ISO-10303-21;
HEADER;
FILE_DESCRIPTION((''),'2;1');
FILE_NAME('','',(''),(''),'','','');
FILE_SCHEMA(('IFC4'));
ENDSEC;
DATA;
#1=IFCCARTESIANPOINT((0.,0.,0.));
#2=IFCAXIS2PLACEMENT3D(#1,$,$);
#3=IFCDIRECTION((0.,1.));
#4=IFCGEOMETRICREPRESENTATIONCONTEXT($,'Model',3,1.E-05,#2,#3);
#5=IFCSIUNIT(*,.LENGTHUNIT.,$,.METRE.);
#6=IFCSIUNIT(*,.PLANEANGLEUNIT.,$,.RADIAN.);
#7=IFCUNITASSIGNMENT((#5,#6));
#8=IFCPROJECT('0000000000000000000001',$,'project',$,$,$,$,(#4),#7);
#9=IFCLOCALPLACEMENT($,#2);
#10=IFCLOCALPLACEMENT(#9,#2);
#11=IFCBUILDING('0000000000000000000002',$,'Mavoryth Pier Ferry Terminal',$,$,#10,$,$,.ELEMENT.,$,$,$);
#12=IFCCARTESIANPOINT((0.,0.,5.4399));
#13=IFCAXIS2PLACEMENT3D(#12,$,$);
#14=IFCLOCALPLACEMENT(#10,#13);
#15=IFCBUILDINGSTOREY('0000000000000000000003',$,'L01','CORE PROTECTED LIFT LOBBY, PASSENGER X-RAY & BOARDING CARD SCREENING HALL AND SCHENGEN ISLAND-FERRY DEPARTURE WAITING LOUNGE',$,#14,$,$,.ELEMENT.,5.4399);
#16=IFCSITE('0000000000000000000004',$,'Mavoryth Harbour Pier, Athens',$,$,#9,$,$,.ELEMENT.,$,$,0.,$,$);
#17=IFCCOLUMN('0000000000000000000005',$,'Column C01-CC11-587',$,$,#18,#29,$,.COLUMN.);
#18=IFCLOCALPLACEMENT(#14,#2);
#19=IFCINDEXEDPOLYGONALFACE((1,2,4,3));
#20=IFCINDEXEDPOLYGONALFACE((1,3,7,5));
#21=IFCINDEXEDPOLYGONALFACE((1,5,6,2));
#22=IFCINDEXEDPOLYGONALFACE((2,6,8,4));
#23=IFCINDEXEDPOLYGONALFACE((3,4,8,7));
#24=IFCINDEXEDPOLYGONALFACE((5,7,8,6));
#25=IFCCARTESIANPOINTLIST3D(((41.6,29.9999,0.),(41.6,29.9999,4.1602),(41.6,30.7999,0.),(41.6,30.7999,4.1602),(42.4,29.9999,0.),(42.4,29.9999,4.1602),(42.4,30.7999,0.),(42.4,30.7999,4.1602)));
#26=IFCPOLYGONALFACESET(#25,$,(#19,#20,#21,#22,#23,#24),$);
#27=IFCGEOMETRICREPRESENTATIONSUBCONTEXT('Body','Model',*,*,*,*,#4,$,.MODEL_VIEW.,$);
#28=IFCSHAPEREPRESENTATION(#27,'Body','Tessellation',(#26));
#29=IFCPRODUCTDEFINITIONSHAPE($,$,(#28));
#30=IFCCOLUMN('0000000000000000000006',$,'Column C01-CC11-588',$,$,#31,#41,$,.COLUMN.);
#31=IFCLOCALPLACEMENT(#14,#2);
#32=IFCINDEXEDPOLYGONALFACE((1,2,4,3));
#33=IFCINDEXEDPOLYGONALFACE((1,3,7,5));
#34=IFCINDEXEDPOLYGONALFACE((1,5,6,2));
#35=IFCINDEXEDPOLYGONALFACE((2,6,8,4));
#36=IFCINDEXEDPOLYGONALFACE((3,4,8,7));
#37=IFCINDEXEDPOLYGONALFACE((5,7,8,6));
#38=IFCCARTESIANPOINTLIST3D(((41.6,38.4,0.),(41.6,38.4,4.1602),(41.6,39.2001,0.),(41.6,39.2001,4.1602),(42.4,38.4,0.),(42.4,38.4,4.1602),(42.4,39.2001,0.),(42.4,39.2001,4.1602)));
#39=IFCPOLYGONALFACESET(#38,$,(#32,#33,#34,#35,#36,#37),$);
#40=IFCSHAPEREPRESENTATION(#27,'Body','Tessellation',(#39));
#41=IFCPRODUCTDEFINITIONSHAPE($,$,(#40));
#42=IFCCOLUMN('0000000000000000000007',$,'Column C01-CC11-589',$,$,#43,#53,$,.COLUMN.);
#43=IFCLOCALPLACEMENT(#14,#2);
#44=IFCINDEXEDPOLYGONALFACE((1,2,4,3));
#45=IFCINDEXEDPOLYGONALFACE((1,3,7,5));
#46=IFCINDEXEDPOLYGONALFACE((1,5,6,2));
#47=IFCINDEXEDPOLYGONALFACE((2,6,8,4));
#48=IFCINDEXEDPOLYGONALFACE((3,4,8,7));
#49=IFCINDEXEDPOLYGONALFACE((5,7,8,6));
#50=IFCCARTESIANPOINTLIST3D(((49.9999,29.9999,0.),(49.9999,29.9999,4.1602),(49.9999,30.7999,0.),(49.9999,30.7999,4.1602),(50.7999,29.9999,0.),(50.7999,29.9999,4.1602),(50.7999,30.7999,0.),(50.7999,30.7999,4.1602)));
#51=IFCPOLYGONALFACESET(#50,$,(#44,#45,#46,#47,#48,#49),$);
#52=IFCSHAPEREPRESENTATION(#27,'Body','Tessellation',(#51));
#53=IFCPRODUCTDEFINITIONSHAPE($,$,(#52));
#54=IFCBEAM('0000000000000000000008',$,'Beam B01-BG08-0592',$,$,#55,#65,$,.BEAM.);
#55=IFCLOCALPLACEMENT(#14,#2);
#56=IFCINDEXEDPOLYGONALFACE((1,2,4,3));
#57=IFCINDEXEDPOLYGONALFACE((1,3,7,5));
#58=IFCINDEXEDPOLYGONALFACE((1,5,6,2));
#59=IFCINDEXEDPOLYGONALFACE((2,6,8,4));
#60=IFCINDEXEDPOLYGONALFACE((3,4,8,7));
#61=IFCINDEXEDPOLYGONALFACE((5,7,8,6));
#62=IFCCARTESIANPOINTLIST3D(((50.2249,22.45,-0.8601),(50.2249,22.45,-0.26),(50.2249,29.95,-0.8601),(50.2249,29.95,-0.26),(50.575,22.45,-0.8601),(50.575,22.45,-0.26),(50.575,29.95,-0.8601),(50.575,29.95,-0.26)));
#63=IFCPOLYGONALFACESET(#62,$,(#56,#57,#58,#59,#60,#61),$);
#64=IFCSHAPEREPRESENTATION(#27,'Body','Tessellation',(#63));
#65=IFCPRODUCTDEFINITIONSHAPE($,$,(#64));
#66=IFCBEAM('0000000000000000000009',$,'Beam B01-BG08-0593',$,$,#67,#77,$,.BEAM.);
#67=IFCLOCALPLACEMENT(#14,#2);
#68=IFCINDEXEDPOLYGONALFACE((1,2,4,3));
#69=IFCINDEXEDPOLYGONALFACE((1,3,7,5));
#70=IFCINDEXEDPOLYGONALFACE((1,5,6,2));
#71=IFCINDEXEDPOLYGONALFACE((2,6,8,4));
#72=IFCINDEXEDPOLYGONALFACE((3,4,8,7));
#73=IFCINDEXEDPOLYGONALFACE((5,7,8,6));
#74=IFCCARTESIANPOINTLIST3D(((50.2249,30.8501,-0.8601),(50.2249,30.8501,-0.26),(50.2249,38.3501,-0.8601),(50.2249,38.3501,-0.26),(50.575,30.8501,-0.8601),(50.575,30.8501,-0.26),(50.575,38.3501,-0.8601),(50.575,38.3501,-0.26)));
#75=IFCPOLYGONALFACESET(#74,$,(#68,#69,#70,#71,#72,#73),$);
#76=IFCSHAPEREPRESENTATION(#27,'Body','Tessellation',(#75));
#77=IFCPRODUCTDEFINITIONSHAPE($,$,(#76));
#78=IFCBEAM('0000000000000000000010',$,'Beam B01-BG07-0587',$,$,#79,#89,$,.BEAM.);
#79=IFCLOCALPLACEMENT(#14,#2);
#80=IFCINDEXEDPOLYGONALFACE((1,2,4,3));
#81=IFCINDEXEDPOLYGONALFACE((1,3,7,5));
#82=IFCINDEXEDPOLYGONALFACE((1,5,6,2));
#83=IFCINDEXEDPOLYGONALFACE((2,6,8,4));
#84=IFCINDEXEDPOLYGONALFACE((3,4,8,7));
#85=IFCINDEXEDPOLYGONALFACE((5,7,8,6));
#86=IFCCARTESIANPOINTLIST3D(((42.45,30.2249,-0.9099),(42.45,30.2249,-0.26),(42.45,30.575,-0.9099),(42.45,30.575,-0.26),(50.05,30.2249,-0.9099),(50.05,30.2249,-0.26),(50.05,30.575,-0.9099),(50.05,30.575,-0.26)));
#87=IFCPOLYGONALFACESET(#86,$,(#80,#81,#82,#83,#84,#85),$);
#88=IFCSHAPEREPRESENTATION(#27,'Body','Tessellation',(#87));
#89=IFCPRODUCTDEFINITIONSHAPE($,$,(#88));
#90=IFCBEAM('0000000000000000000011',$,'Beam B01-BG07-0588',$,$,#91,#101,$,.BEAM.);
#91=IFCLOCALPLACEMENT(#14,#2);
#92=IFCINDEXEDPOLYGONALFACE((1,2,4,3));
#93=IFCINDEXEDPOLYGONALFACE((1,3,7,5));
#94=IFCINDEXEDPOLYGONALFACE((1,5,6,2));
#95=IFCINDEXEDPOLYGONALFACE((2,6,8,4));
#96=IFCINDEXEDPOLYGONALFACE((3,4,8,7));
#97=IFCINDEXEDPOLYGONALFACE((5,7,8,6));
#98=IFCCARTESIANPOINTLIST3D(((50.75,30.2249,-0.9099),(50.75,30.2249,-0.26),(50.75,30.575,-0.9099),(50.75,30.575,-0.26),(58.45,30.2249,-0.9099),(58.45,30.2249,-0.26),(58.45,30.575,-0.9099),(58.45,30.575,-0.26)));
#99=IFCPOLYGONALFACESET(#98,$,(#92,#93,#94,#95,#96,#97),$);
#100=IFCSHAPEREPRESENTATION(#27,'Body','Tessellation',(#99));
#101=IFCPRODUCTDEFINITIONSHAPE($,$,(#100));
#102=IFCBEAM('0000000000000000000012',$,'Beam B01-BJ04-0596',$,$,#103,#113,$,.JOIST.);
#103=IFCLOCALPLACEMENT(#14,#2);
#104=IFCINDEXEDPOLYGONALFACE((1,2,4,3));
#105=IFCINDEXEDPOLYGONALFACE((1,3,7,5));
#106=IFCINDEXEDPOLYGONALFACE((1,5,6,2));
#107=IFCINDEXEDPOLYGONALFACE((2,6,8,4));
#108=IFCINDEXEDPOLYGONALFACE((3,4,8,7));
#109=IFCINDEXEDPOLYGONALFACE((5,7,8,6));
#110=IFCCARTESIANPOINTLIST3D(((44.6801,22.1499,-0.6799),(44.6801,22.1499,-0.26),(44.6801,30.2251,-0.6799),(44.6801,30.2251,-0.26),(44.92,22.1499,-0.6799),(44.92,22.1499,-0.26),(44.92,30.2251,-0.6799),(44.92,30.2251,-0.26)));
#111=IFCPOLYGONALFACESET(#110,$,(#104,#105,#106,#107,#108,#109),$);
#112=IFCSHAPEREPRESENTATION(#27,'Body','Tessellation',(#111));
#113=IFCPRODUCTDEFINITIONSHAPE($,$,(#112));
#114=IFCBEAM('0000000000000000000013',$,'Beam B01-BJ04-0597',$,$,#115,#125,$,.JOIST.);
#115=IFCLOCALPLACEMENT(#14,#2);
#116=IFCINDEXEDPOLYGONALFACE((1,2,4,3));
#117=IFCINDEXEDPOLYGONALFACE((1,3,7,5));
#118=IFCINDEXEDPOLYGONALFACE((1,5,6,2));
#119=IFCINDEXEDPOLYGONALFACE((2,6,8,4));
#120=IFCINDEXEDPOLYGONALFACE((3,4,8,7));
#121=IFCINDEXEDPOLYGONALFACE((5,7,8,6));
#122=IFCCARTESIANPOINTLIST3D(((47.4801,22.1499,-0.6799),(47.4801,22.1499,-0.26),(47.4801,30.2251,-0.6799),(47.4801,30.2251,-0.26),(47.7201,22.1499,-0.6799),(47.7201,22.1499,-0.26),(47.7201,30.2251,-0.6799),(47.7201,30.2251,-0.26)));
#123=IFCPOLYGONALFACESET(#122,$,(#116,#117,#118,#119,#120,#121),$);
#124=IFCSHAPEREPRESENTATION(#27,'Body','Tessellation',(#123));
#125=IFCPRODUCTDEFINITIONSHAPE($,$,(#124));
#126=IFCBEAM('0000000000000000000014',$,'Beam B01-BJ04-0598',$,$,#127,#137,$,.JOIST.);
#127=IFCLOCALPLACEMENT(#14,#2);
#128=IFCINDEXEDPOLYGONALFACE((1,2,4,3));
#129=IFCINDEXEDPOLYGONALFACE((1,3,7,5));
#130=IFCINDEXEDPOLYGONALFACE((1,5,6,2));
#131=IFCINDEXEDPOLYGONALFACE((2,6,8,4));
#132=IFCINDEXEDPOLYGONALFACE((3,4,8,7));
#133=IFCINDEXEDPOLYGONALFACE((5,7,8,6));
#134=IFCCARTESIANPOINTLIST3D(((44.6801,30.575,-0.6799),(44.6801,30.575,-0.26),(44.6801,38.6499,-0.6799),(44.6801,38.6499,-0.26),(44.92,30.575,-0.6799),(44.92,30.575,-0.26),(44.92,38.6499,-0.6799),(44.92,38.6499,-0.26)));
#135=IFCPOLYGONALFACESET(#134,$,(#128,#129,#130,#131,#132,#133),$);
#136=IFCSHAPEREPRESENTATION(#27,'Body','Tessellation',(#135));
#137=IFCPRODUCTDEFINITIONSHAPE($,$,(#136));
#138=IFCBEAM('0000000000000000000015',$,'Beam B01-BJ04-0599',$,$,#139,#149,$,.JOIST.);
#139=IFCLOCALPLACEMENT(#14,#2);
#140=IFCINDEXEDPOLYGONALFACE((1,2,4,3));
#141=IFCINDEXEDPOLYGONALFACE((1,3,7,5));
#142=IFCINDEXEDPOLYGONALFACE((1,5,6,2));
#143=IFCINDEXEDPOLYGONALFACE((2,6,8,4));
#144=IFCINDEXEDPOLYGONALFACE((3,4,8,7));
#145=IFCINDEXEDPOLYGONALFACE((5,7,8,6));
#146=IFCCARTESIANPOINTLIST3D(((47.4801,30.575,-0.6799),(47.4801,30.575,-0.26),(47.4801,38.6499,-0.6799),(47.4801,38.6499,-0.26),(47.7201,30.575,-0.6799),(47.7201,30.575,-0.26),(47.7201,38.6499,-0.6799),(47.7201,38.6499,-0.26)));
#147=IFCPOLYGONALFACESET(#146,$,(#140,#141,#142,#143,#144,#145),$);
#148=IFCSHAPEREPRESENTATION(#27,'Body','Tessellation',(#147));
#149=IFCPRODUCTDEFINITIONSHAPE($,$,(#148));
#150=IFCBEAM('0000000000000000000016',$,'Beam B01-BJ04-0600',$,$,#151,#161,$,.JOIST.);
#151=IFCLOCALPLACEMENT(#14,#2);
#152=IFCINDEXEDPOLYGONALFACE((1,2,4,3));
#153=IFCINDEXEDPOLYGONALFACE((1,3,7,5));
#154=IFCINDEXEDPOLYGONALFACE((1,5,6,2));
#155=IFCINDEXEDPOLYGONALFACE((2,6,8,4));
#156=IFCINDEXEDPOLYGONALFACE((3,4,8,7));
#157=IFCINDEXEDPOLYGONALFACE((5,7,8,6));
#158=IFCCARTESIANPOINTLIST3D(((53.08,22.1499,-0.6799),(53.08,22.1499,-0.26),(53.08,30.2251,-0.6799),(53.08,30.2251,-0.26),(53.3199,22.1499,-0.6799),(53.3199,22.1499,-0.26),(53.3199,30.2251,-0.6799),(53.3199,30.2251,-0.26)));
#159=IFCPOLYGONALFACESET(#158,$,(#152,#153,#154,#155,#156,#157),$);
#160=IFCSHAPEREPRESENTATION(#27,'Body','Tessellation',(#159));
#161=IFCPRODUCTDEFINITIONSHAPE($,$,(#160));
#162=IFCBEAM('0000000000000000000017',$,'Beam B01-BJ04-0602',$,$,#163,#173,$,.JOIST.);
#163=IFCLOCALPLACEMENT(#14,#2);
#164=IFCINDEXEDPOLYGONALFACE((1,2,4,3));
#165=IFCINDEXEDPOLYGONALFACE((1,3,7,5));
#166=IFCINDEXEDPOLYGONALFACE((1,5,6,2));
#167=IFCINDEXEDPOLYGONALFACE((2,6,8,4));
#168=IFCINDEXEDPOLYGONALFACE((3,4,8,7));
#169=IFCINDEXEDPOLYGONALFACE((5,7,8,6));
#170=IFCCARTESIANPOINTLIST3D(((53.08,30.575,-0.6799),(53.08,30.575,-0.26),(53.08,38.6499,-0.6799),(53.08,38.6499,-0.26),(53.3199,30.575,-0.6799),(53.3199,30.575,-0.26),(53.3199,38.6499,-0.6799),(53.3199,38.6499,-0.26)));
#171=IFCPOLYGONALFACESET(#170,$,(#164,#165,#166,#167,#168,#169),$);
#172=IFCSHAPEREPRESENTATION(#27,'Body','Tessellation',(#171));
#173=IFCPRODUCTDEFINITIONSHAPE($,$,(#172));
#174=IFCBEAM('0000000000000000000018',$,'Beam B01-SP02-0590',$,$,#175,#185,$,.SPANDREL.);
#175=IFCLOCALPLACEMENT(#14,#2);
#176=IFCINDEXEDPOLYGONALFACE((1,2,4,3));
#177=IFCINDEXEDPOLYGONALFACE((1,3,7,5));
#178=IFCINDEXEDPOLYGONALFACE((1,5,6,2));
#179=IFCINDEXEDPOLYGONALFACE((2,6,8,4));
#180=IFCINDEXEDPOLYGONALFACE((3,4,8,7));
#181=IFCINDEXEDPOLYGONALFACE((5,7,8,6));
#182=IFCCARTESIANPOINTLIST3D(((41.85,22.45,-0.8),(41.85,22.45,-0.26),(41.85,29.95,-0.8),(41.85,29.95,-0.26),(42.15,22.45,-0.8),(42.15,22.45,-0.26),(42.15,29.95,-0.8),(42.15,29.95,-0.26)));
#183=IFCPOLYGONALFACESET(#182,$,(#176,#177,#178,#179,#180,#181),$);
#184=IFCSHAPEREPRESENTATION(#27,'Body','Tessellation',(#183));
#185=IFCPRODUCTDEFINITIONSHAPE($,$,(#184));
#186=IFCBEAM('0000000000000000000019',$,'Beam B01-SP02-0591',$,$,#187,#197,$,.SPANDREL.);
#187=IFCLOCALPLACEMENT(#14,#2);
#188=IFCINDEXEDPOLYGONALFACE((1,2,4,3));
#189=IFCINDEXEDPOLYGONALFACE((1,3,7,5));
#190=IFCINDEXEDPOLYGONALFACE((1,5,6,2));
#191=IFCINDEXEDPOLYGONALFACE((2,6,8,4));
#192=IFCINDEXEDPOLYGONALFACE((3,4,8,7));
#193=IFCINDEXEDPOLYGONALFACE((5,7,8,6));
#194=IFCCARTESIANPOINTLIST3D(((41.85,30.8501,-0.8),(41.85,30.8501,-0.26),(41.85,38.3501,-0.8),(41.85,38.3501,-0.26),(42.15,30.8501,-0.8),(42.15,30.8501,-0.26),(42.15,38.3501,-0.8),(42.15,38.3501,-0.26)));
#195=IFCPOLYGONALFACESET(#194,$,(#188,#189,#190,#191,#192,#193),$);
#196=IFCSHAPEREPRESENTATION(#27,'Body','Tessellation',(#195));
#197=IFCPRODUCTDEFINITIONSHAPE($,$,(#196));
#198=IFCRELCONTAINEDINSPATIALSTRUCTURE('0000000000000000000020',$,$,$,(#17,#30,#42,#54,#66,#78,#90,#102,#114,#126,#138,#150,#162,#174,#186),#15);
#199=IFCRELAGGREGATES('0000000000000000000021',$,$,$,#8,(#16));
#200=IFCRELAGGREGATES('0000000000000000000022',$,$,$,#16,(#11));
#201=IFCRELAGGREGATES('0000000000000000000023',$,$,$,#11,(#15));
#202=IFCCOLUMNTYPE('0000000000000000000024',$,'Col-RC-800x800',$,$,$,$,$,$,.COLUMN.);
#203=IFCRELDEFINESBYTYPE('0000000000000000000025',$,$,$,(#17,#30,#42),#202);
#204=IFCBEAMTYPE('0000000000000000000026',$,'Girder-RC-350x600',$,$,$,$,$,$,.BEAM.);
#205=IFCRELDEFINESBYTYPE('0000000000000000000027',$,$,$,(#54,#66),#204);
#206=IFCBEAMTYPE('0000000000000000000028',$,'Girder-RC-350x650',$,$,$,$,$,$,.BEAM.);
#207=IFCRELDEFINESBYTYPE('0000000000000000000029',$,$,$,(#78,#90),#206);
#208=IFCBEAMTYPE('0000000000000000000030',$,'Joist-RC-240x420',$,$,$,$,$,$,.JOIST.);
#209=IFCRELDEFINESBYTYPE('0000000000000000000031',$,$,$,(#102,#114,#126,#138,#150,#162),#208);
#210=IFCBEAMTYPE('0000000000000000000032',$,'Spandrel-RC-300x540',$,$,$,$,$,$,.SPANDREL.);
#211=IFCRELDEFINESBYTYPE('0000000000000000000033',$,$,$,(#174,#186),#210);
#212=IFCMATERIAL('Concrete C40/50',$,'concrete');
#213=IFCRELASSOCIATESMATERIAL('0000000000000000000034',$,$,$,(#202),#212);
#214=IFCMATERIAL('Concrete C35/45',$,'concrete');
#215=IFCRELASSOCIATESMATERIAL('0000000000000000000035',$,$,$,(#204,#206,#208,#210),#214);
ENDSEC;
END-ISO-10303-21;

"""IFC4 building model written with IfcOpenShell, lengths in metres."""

from ifc_helpers import new_model, si_unit, direction, frame, origin, origin_2d, place, context, subcontext, project, spatial, rectangle, extrude, material, material_profile, profile_set, type_object, element, save


model = new_model("IFC4")

# Units and contexts
model_context = context("Model", 3, precision=1e-05, world=origin(), true_north=direction((0.0, 1.0)))
body_context = subcontext(model_context, "Body", "Model", "MODEL_VIEW")
ifc_project = project(units=[si_unit("LENGTHUNIT", "METRE"), si_unit("PLANEANGLEUNIT", "RADIAN")], contexts=[model_context])

# Site, building, storey
site_placement = place(None, origin())
site = spatial("IfcSite", under=ifc_project, at=site_placement, Name="Mavoryth Harbour Pier, Athens", CompositionType="ELEMENT", RefElevation=0.0)
building_placement = place(site_placement, origin())
building = spatial("IfcBuilding", under=site, at=building_placement, Name="Mavoryth Pier Ferry Terminal", CompositionType="ELEMENT")
storey_placement = place(building_placement, frame((0.0, 0.0, 5.4399)))
storey = spatial("IfcBuildingStorey", under=building, at=storey_placement, Name="L01", Description="CORE PROTECTED LIFT LOBBY, PASSENGER X-RAY & BOARDING CARD SCREENING HALL AND SCHENGEN ISLAND-FERRY DEPARTURE WAITING LOUNGE", CompositionType="ELEMENT", Elevation=5.4399)

# Columns
ifc_material_1 = material(Name="Concrete C40/50", Category="concrete")
ifc_material_profile_1 = material_profile(ifc_material_1, rectangle(XDim=0.8, YDim=0.8, at=origin_2d()), Name="RC 800x800", Category="concrete")
ifc_profile_set_1 = profile_set([ifc_material_profile_1], Name="Concrete C40/50 - RC 800x800")
column_type = type_object("IfcColumnType", Name="Col-RC-800x800", PredefinedType="COLUMN", material=ifc_profile_set_1)
for number, where, z_axis, x_axis, name in (
    (1, (42.0, 30.3999, 0.0), (0.0, 0.0, 1.0), (1.0, 0.0, 0.0), "Column C01-CC11-587"),
    (2, (42.0, 38.8, 0.0), (0.0, 0.0, 1.0), (1.0, 0.0, 0.0), "Column C01-CC11-588"),
    (3, (50.3999, 30.3999, 0.0), (0.0, 0.0, 1.0), (1.0, 0.0, 0.0), "Column C01-CC11-589"),
):
    element("IfcColumn", number, at=place(storey_placement, frame(where, z_axis=z_axis, x_axis=x_axis)), inside=storey, type_object=column_type, Name=name, PredefinedType="COLUMN", context=body_context, shape_type="SweptSolid", body=[
        extrude(rectangle(XDim=0.8, YDim=0.8, at=origin_2d()), origin(), (0.0, 0.0, 1.0), 4.1602),
    ])

# Beams
ifc_material_2 = material(Name="Concrete C35/45", Category="concrete")
ifc_material_profile_2 = material_profile(ifc_material_2, rectangle(XDim=0.3501, YDim=0.6001, at=origin_2d()), Name="RC 350x600", Category="concrete")
ifc_profile_set_2 = profile_set([ifc_material_profile_2], Name="Concrete C35/45 - RC 350x600")
beam_type_1 = type_object("IfcBeamType", Name="Girder-RC-350x600", PredefinedType="BEAM", material=ifc_profile_set_2)
for number, where, z_axis, x_axis, name in (
    (4, (50.3999, 22.45, -0.5601), (0.0, 1.0, 0.0), (-1.0, 0.0, 0.0), "Beam B01-BG08-0592"),
    (5, (50.3999, 30.8501, -0.5601), (0.0, 1.0, 0.0), (-1.0, 0.0, 0.0), "Beam B01-BG08-0593"),
):
    element("IfcBeam", number, at=place(storey_placement, frame(where, z_axis=z_axis, x_axis=x_axis)), inside=storey, type_object=beam_type_1, Name=name, PredefinedType="BEAM", context=body_context, shape_type="SweptSolid", body=[
        extrude(rectangle(XDim=0.3501, YDim=0.6001, at=origin_2d()), origin(), (0.0, 0.0, 1.0), 7.5),
    ])
ifc_material_profile_3 = material_profile(ifc_material_2, rectangle(XDim=0.3501, YDim=0.6499, at=origin_2d()), Name="RC 350x650", Category="concrete")
ifc_profile_set_3 = profile_set([ifc_material_profile_3], Name="Concrete C35/45 - RC 350x650")
beam_type_2 = type_object("IfcBeamType", Name="Girder-RC-350x650", PredefinedType="BEAM", material=ifc_profile_set_3)
beam_1_placement = place(storey_placement, frame((42.45, 30.3999, -0.585), z_axis=(1.0, 0.0, 0.0), x_axis=(0.0, 1.0, 0.0)))
element("IfcBeam", 6, at=beam_1_placement, inside=storey, type_object=beam_type_2, Name="Beam B01-BG07-0587", PredefinedType="BEAM", context=body_context, shape_type="SweptSolid", body=[
    extrude(rectangle(XDim=0.3501, YDim=0.6499, at=origin_2d()), origin(), (0.0, 0.0, 1.0), 7.6001),
])
beam_2_placement = place(storey_placement, frame((50.75, 30.3999, -0.585), z_axis=(1.0, 0.0, 0.0), x_axis=(0.0, 1.0, 0.0)))
element("IfcBeam", 7, at=beam_2_placement, inside=storey, type_object=beam_type_2, Name="Beam B01-BG07-0588", PredefinedType="BEAM", context=body_context, shape_type="SweptSolid", body=[
    extrude(rectangle(XDim=0.3501, YDim=0.6499, at=origin_2d()), origin(), (0.0, 0.0, 1.0), 7.7),
])
ifc_material_profile_4 = material_profile(ifc_material_2, rectangle(XDim=0.24, YDim=0.4199, at=origin_2d()), Name="RC 240x420", Category="concrete")
ifc_profile_set_4 = profile_set([ifc_material_profile_4], Name="Concrete C35/45 - RC 240x420")
beam_type_3 = type_object("IfcBeamType", Name="Joist-RC-240x420", PredefinedType="JOIST", material=ifc_profile_set_4)
for number, where, z_axis, x_axis, name in (
    (8, (44.8, 22.1499, -0.47), (0.0, 1.0, 0.0), (-1.0, 0.0, 0.0), "Beam B01-BJ04-0596"),
    (9, (47.6001, 22.1499, -0.47), (0.0, 1.0, 0.0), (-1.0, 0.0, 0.0), "Beam B01-BJ04-0597"),
):
    element("IfcBeam", number, at=place(storey_placement, frame(where, z_axis=z_axis, x_axis=x_axis)), inside=storey, type_object=beam_type_3, Name=name, PredefinedType="JOIST", context=body_context, shape_type="SweptSolid", body=[
        extrude(rectangle(XDim=0.24, YDim=0.4199, at=origin_2d()), origin(), (0.0, 0.0, 1.0), 8.0752),
    ])
for number, where, z_axis, x_axis, name in (
    (10, (44.8, 30.575, -0.47), (0.0, 1.0, 0.0), (-1.0, 0.0, 0.0), "Beam B01-BJ04-0598"),
    (11, (47.6001, 30.575, -0.47), (0.0, 1.0, 0.0), (-1.0, 0.0, 0.0), "Beam B01-BJ04-0599"),
):
    element("IfcBeam", number, at=place(storey_placement, frame(where, z_axis=z_axis, x_axis=x_axis)), inside=storey, type_object=beam_type_3, Name=name, PredefinedType="JOIST", context=body_context, shape_type="SweptSolid", body=[
        extrude(rectangle(XDim=0.24, YDim=0.4199, at=origin_2d()), origin(), (0.0, 0.0, 1.0), 8.075),
    ])
beam_3_placement = place(storey_placement, frame((53.2, 22.1499, -0.47), z_axis=(0.0, 1.0, 0.0), x_axis=(-1.0, 0.0, 0.0)))
element("IfcBeam", 12, at=beam_3_placement, inside=storey, type_object=beam_type_3, Name="Beam B01-BJ04-0600", PredefinedType="JOIST", context=body_context, shape_type="SweptSolid", body=[
    extrude(rectangle(XDim=0.24, YDim=0.4199, at=origin_2d()), origin(), (0.0, 0.0, 1.0), 8.0752),
])
beam_4_placement = place(storey_placement, frame((53.2, 30.575, -0.47), z_axis=(0.0, 1.0, 0.0), x_axis=(-1.0, 0.0, 0.0)))
element("IfcBeam", 13, at=beam_4_placement, inside=storey, type_object=beam_type_3, Name="Beam B01-BJ04-0602", PredefinedType="JOIST", context=body_context, shape_type="SweptSolid", body=[
    extrude(rectangle(XDim=0.24, YDim=0.4199, at=origin_2d()), origin(), (0.0, 0.0, 1.0), 8.075),
])
ifc_material_profile_5 = material_profile(ifc_material_2, rectangle(XDim=0.3, YDim=0.54, at=origin_2d()), Name="RC 300x540", Category="concrete")
ifc_profile_set_5 = profile_set([ifc_material_profile_5], Name="Concrete C35/45 - RC 300x540")
beam_type_4 = type_object("IfcBeamType", Name="Spandrel-RC-300x540", PredefinedType="SPANDREL", material=ifc_profile_set_5)
for number, where, z_axis, x_axis, name in (
    (14, (42.0, 22.45, -0.53), (0.0, 1.0, 0.0), (-1.0, 0.0, 0.0), "Beam B01-SP02-0590"),
    (15, (42.0, 30.8501, -0.53), (0.0, 1.0, 0.0), (-1.0, 0.0, 0.0), "Beam B01-SP02-0591"),
):
    element("IfcBeam", number, at=place(storey_placement, frame(where, z_axis=z_axis, x_axis=x_axis)), inside=storey, type_object=beam_type_4, Name=name, PredefinedType="SPANDREL", context=body_context, shape_type="SweptSolid", body=[
        extrude(rectangle(XDim=0.3, YDim=0.54, at=origin_2d()), origin(), (0.0, 0.0, 1.0), 7.5),
    ])

save(model, "model.ifc")
